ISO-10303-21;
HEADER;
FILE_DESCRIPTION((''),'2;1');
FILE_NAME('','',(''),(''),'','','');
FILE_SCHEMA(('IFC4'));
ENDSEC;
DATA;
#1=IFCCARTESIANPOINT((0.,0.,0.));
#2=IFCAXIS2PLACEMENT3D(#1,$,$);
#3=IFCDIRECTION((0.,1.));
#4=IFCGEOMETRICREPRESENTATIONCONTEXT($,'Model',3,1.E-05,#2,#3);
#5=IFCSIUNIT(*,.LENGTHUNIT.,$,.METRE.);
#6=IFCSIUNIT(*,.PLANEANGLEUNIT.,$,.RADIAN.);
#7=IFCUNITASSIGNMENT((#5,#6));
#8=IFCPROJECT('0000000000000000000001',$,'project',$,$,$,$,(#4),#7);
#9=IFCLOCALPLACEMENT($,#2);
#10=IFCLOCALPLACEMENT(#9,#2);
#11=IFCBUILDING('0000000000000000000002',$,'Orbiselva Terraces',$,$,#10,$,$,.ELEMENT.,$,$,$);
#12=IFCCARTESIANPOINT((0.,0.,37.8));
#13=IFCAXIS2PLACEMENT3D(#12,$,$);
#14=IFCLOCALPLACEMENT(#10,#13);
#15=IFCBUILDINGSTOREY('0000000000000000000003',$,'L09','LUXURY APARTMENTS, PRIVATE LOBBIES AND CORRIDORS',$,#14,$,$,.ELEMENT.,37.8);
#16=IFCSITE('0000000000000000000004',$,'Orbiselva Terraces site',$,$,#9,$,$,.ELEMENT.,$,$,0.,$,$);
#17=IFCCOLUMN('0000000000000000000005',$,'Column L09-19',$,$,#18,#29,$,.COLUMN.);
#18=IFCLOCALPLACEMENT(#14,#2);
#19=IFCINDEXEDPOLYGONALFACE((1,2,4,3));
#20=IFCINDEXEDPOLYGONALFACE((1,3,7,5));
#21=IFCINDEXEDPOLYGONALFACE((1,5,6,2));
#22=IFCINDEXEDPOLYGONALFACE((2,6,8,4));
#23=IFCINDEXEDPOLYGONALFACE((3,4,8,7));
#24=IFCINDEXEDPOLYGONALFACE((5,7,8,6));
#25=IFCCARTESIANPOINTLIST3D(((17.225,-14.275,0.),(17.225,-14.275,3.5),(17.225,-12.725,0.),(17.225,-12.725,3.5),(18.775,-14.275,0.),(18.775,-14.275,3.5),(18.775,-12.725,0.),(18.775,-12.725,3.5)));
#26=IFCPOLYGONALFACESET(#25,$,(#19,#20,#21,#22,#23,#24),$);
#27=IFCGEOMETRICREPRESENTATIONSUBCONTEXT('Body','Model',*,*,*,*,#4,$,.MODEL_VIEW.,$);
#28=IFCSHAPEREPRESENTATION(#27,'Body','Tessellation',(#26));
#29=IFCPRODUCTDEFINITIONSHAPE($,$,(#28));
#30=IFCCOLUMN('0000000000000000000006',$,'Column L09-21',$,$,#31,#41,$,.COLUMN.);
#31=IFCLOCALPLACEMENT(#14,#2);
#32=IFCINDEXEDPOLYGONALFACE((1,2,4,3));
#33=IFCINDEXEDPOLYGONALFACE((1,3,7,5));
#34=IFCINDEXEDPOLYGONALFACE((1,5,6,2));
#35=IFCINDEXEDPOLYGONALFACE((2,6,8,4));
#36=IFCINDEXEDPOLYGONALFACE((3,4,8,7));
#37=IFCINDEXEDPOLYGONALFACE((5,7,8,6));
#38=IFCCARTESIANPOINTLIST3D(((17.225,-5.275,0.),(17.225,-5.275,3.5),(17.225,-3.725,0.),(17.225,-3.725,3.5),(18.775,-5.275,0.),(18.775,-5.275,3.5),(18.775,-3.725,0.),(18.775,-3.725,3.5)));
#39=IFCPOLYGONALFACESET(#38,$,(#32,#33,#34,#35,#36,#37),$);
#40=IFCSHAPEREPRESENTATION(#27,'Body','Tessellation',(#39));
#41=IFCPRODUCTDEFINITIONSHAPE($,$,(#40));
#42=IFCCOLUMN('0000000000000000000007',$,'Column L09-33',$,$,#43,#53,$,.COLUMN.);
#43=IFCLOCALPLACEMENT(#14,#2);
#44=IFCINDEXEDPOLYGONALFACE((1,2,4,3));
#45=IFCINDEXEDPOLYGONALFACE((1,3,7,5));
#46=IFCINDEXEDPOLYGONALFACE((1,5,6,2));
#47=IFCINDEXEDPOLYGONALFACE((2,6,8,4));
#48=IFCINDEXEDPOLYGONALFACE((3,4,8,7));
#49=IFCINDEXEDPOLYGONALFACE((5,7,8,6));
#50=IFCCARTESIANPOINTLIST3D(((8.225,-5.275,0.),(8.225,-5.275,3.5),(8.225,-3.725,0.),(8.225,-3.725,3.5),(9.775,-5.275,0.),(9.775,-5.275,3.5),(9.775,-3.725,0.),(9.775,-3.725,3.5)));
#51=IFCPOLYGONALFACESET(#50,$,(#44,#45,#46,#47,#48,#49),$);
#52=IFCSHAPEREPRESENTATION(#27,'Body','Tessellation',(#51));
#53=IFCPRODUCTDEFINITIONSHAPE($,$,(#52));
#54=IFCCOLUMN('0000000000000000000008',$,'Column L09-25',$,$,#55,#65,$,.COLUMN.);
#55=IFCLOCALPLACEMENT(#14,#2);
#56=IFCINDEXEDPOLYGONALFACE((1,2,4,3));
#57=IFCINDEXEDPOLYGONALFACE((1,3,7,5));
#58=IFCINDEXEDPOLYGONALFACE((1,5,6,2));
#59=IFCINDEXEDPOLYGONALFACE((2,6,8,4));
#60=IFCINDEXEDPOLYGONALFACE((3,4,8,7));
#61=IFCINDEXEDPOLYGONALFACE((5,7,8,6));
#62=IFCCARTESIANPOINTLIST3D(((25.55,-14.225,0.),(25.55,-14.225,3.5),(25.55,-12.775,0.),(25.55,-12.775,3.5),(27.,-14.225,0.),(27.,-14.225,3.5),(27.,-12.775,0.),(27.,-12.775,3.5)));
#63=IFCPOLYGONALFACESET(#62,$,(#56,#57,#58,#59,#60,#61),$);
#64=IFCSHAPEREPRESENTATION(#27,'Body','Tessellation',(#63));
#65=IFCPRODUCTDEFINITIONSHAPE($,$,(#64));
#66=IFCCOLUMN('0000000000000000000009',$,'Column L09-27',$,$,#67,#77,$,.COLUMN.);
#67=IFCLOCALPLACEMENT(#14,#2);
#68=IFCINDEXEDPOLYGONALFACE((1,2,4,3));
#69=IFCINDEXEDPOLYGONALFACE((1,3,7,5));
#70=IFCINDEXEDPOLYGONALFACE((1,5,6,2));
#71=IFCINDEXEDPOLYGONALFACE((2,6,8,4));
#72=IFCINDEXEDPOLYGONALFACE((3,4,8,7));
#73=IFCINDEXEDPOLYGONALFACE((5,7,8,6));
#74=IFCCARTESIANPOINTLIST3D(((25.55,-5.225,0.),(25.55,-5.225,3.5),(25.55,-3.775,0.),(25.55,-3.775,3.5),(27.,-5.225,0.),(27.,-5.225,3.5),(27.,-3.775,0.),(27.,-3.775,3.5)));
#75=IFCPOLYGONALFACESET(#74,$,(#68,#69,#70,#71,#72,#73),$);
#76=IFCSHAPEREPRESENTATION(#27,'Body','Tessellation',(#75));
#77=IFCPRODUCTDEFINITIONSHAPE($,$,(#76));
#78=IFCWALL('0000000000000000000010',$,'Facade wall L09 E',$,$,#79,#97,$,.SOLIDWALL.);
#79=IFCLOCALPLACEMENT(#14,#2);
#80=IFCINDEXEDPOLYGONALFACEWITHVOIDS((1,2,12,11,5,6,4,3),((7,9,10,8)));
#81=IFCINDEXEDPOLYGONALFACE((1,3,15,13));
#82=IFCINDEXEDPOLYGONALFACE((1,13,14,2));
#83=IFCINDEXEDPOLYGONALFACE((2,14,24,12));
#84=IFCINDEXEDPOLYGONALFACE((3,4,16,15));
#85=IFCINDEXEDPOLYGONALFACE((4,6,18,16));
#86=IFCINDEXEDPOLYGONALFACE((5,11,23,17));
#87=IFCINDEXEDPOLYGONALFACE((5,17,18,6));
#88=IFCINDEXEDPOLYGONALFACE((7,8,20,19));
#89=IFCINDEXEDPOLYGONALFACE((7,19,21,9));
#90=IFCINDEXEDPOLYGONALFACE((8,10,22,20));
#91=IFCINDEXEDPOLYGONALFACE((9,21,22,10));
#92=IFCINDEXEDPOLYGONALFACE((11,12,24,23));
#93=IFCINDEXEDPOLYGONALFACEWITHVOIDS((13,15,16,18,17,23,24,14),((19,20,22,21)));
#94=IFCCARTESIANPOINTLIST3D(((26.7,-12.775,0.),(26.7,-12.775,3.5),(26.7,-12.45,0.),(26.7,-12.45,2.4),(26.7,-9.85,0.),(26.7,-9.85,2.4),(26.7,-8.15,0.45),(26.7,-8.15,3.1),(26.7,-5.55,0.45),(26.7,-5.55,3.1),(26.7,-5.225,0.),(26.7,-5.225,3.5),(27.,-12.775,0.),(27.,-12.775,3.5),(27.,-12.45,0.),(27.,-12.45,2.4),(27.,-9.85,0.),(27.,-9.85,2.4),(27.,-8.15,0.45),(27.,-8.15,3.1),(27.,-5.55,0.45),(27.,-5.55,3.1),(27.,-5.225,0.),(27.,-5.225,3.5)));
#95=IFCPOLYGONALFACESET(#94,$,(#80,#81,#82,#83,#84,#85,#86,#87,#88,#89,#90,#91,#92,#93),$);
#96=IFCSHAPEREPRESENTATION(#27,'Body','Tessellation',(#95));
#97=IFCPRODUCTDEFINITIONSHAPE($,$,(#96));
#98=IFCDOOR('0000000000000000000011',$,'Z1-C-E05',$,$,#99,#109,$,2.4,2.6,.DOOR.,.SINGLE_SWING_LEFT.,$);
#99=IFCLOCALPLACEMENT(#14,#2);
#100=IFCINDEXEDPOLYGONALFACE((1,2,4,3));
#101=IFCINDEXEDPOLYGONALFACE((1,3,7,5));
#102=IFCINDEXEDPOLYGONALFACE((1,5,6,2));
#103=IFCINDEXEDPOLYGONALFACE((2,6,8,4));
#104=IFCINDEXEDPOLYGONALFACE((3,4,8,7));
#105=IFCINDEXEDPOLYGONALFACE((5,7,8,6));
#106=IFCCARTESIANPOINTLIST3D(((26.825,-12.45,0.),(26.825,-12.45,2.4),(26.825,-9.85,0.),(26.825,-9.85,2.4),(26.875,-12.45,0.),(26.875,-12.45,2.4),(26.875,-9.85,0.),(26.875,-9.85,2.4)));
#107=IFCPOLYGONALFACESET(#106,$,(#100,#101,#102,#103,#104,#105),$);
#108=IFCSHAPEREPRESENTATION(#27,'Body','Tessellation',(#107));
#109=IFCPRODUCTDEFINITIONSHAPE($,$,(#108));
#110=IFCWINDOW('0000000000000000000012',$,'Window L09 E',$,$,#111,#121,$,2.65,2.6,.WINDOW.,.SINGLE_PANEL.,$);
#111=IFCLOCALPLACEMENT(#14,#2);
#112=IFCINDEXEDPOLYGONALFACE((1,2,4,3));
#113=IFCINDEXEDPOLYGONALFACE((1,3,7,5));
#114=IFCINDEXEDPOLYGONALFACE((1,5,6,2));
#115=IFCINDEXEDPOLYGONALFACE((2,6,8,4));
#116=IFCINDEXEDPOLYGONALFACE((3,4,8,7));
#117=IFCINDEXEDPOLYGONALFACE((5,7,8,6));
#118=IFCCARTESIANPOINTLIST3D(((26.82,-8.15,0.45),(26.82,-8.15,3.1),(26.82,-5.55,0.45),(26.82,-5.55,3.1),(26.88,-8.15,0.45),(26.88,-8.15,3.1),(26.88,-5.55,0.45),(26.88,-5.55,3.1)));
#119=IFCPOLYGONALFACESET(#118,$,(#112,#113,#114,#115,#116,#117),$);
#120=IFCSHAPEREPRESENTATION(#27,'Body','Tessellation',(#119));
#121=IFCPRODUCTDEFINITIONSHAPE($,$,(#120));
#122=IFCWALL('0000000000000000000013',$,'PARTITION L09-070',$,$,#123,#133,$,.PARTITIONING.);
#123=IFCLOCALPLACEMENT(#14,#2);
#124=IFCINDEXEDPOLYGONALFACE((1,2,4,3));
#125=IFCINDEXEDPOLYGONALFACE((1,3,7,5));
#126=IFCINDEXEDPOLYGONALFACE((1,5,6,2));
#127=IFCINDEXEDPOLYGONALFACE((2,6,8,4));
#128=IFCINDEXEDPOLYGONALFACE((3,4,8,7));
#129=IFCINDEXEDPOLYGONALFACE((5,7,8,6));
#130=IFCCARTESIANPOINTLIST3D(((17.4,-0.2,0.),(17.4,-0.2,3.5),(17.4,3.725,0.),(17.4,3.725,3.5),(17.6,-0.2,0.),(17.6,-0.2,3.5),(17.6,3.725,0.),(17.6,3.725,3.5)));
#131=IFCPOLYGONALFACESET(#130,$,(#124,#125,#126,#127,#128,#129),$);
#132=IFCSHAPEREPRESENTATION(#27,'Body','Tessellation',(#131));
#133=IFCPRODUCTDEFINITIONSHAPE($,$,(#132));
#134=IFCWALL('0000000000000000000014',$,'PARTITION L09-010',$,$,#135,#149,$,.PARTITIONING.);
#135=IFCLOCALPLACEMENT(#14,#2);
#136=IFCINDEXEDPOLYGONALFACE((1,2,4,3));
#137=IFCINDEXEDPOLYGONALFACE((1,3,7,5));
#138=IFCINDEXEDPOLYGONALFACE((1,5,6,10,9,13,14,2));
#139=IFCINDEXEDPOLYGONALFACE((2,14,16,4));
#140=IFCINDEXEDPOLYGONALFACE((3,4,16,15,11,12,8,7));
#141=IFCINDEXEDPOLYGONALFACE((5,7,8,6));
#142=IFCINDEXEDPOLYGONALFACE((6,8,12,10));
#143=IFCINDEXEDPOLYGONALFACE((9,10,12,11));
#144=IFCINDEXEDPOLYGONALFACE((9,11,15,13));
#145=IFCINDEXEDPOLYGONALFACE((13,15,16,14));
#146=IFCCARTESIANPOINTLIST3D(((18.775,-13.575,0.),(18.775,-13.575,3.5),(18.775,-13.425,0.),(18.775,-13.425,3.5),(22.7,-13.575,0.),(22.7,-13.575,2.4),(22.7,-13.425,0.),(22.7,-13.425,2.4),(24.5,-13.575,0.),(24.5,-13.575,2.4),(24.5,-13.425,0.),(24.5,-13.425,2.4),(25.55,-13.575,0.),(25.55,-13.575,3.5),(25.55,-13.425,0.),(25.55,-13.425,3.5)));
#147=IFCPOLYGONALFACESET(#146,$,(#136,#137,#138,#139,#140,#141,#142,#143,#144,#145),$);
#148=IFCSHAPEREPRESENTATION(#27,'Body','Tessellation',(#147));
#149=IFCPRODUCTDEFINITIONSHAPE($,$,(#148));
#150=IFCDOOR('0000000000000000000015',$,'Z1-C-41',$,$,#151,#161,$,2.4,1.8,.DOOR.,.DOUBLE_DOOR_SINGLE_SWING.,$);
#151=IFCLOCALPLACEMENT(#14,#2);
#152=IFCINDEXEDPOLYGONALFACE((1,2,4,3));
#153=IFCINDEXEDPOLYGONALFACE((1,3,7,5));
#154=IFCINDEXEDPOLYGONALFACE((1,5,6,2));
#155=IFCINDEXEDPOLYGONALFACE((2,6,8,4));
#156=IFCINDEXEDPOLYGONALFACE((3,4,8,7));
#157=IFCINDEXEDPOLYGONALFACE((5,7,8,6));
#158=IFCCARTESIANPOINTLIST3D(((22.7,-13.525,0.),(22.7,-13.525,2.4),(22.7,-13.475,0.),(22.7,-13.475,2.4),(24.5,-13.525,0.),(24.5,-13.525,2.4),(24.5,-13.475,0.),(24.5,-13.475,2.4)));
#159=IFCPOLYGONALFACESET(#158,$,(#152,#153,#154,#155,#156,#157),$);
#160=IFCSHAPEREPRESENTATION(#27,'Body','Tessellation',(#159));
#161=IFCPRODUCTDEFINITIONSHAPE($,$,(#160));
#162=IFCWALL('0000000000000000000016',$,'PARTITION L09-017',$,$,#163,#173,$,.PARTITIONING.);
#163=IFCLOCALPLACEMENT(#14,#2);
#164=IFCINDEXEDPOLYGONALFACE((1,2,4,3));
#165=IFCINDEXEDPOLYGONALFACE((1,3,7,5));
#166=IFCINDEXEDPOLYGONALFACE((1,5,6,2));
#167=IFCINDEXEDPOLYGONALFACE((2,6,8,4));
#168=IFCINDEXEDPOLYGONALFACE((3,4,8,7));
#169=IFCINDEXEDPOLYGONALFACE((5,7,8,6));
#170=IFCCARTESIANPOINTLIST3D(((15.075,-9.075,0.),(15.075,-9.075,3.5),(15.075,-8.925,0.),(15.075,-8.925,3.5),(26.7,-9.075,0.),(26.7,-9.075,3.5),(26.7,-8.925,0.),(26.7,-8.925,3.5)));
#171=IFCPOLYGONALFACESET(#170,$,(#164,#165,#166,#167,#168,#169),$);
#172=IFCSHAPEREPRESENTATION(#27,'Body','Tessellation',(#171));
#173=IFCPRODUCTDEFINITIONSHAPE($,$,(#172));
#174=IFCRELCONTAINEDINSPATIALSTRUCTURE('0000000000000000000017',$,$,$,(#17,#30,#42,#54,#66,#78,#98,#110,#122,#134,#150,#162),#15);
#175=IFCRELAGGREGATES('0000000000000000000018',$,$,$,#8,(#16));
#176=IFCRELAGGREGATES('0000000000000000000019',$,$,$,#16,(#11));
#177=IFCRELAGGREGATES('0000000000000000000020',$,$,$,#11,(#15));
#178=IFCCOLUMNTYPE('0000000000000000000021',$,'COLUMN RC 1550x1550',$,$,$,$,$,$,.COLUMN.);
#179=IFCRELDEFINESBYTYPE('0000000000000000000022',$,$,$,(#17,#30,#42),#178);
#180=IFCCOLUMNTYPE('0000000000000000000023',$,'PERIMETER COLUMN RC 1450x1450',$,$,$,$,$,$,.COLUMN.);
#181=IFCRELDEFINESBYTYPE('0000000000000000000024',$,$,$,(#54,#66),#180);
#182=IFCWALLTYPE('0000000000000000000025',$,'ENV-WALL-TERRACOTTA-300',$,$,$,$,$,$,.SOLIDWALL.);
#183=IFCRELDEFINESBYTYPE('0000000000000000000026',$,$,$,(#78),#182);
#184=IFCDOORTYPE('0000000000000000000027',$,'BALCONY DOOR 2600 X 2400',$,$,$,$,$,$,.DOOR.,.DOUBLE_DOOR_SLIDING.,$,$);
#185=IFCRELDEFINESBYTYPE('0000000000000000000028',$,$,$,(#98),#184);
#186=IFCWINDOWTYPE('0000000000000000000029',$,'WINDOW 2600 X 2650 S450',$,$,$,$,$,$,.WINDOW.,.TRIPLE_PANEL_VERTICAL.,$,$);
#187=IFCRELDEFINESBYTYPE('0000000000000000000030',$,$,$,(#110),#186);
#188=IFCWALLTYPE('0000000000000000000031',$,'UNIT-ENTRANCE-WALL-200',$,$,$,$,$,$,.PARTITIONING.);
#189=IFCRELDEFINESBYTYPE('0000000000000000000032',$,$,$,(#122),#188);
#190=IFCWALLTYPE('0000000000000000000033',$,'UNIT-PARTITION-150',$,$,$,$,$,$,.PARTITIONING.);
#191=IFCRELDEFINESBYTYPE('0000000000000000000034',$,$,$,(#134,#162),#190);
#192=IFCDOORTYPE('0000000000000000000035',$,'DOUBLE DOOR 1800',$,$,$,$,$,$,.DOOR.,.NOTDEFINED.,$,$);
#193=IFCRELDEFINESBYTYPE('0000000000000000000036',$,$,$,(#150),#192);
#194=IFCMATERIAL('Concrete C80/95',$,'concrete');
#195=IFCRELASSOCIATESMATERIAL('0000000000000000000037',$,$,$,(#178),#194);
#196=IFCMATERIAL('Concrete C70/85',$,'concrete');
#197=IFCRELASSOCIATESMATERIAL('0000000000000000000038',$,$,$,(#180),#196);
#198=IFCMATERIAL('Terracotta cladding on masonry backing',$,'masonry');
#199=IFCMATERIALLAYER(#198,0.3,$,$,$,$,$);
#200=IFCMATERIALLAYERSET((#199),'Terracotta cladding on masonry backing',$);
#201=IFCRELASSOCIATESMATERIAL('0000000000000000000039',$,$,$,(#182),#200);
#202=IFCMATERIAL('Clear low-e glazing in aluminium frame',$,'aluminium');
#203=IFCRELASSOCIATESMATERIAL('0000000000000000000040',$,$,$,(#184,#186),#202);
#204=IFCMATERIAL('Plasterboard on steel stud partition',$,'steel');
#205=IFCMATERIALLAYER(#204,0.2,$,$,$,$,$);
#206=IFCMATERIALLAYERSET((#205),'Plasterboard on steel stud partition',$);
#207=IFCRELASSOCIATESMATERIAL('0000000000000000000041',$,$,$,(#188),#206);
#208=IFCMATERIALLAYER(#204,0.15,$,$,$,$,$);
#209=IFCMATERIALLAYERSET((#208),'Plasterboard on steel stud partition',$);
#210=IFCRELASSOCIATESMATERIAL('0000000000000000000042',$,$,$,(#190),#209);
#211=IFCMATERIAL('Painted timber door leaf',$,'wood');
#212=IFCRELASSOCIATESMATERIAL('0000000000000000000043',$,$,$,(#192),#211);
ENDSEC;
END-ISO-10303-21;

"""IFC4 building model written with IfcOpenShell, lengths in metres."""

from ifc_helpers import new_model, si_unit, direction, frame, frame_2d, origin, origin_2d, place, context, subcontext, project, spatial, rectangle, extrude, material, layer, layer_set, material_profile, profile_set, type_object, element, fill, save


model = new_model("IFC4")

# Units and contexts
model_context = context("Model", 3, precision=1e-05, world=origin(), true_north=direction((0.0, 1.0)))
body_context = subcontext(model_context, "Body", "Model", "MODEL_VIEW")
ifc_project = project(units=[si_unit("LENGTHUNIT", "METRE"), si_unit("PLANEANGLEUNIT", "RADIAN")], contexts=[model_context])

# Site, building, storey
site_placement = place(None, origin())
site = spatial("IfcSite", under=ifc_project, at=site_placement, Name="Orbiselva Terraces site", CompositionType="ELEMENT", RefElevation=0.0)
building_placement = place(site_placement, origin())
building = spatial("IfcBuilding", under=site, at=building_placement, Name="Orbiselva Terraces", CompositionType="ELEMENT")
storey_placement = place(building_placement, frame((0.0, 0.0, 37.8)))
storey = spatial("IfcBuildingStorey", under=building, at=storey_placement, Name="L09", Description="LUXURY APARTMENTS, PRIVATE LOBBIES AND CORRIDORS", CompositionType="ELEMENT", Elevation=37.8)

# Columns
ifc_material_1 = material(Name="Concrete C80/95", Category="concrete")
ifc_material_profile_1 = material_profile(ifc_material_1, rectangle(XDim=1.55, YDim=1.55, at=origin_2d()), Name="RC 1550x1550")
ifc_profile_set_1 = profile_set([ifc_material_profile_1], Name="Concrete C80/95")
column_type_1 = type_object("IfcColumnType", Name="COLUMN RC 1550x1550", PredefinedType="COLUMN", material=ifc_profile_set_1)
for number, where, z_axis, x_axis, name in (
    (1, (18.0, -13.5, 0.0), (0.0, 0.0, 1.0), (1.0, 0.0, 0.0), "Column L09-19"),
    (2, (18.0, -4.5, 0.0), (0.0, 0.0, 1.0), (1.0, 0.0, 0.0), "Column L09-21"),
    (3, (9.0, -4.5, 0.0), (0.0, 0.0, 1.0), (1.0, 0.0, 0.0), "Column L09-33"),
):
    element("IfcColumn", number, at=place(storey_placement, frame(where, z_axis=z_axis, x_axis=x_axis)), inside=storey, type_object=column_type_1, Name=name, PredefinedType="COLUMN", context=body_context, shape_type="SweptSolid", body=[
        extrude(rectangle(XDim=1.55, YDim=1.55, at=origin_2d()), origin(), (0.0, 0.0, 1.0), 3.5),
    ])
ifc_material_2 = material(Name="Concrete C70/85", Category="concrete")
ifc_material_profile_2 = material_profile(ifc_material_2, rectangle(XDim=1.45, YDim=1.45, at=origin_2d()), Name="RC 1450x1450")
ifc_profile_set_2 = profile_set([ifc_material_profile_2], Name="Concrete C70/85")
column_type_2 = type_object("IfcColumnType", Name="PERIMETER COLUMN RC 1450x1450", PredefinedType="COLUMN", material=ifc_profile_set_2)
for number, where, z_axis, x_axis, name in (
    (4, (26.275, -13.5, 0.0), (0.0, 0.0, 1.0), (1.0, 0.0, 0.0), "Column L09-25"),
    (5, (26.275, -4.5, 0.0), (0.0, 0.0, 1.0), (1.0, 0.0, 0.0), "Column L09-27"),
):
    element("IfcColumn", number, at=place(storey_placement, frame(where, z_axis=z_axis, x_axis=x_axis)), inside=storey, type_object=column_type_2, Name=name, PredefinedType="COLUMN", context=body_context, shape_type="SweptSolid", body=[
        extrude(rectangle(XDim=1.45, YDim=1.45, at=origin_2d()), origin(), (0.0, 0.0, 1.0), 3.5),
    ])

# Wall, openings, door, window
ifc_material_3 = material(Name="Terracotta cladding on masonry backing", Category="masonry")
ifc_layer_1 = layer(ifc_material_3, 0.3)
ifc_layer_set_1 = layer_set([ifc_layer_1], Name="Terracotta cladding on masonry backing")
wall_type_1 = type_object("IfcWallType", Name="ENV-WALL-TERRACOTTA-300", PredefinedType="SOLIDWALL", material=ifc_layer_set_1)
wall_1_placement = place(storey_placement, frame((26.85, -5.225, 0.0), z_axis=(0.0, 0.0, 1.0), x_axis=(0.0, -1.0, 0.0)))
wall_1 = element("IfcWall", 6, at=wall_1_placement, inside=storey, type_object=wall_type_1, Name="Facade wall L09 E", PredefinedType="SOLIDWALL", context=body_context, shape_type="SweptSolid", body=[
    extrude(rectangle(XDim=7.55, YDim=0.3, at=frame_2d((3.775, 0.0))), origin(), (0.0, 0.0, 1.0), 3.5),
])
opening_1_placement = place(wall_1_placement, frame((4.625, 0.0, 0.0)))
opening_1 = element("IfcOpeningElement", 7, at=opening_1_placement, cuts=wall_1, PredefinedType="OPENING", context=body_context, shape_type="SweptSolid", body=[
    extrude(rectangle(XDim=2.6, YDim=2.4, at=frame_2d((1.3, 1.2))), frame((0.0, 0.16, 0.0), z_axis=(0.0, -1.0, 0.0), x_axis=(1.0, 0.0, 0.0)), (0.0, 0.0, 1.0), 0.32),
])
opening_2_placement = place(wall_1_placement, frame((0.325, 0.0, 0.45)))
opening_2 = element("IfcOpeningElement", 8, at=opening_2_placement, cuts=wall_1, PredefinedType="OPENING", context=body_context, shape_type="SweptSolid", body=[
    extrude(rectangle(XDim=2.6, YDim=2.65, at=frame_2d((1.3, 1.325))), frame((0.0, 0.16, 0.0), z_axis=(0.0, -1.0, 0.0), x_axis=(1.0, 0.0, 0.0)), (0.0, 0.0, 1.0), 0.32),
])
ifc_material_4 = material(Name="Clear low-e glazing in aluminium frame", Category="aluminium")
door_type_1 = type_object("IfcDoorType", Name="BALCONY DOOR 2600 X 2400", OperationType="DOUBLE_DOOR_SLIDING", PredefinedType="DOOR", material=ifc_material_4)
door_1_placement = place(opening_1_placement, origin())
door_1 = element("IfcDoor", 9, at=door_1_placement, inside=storey, type_object=door_type_1, Name="Z1-C-E05", OperationType="SINGLE_SWING_LEFT", OverallHeight=2.4, OverallWidth=2.6, PredefinedType="DOOR", context=body_context, shape_type="SweptSolid", body=[
    extrude(rectangle(XDim=2.6, YDim=2.4, at=frame_2d((1.3, 1.2))), frame((0.0, 0.025, 0.0), z_axis=(0.0, -1.0, 0.0), x_axis=(1.0, 0.0, 0.0)), (0.0, 0.0, 1.0), 0.05),
])
fill(opening_1, door_1)
window_type = type_object("IfcWindowType", Name="WINDOW 2600 X 2650 S450", PartitioningType="TRIPLE_PANEL_VERTICAL", PredefinedType="WINDOW", material=ifc_material_4)
window_placement = place(opening_2_placement, origin())
window = element("IfcWindow", 10, at=window_placement, inside=storey, type_object=window_type, Name="Window L09 E", OverallHeight=2.65, OverallWidth=2.6, PartitioningType="SINGLE_PANEL", PredefinedType="WINDOW", context=body_context, shape_type="SweptSolid", body=[
    extrude(rectangle(XDim=2.6, YDim=2.65, at=frame_2d((1.3, 1.325))), frame((0.0, 0.03, 0.0), z_axis=(0.0, -1.0, 0.0), x_axis=(1.0, 0.0, 0.0)), (0.0, 0.0, 1.0), 0.06),
])
fill(opening_2, window)

# Wall
ifc_material_5 = material(Name="Plasterboard on steel stud partition", Category="steel")
ifc_layer_2 = layer(ifc_material_5, 0.2)
ifc_layer_set_2 = layer_set([ifc_layer_2], Name="Plasterboard on steel stud partition")
wall_type_2 = type_object("IfcWallType", Name="UNIT-ENTRANCE-WALL-200", PredefinedType="PARTITIONING", material=ifc_layer_set_2)
wall_2_placement = place(storey_placement, frame((17.5, -0.2, 0.0), z_axis=(0.0, 0.0, 1.0), x_axis=(0.0, 1.0, 0.0)))
element("IfcWall", 11, at=wall_2_placement, inside=storey, type_object=wall_type_2, Name="PARTITION L09-070", PredefinedType="PARTITIONING", context=body_context, shape_type="SweptSolid", body=[
    extrude(rectangle(XDim=3.925, YDim=0.2, at=frame_2d((1.9625, 0.0))), origin(), (0.0, 0.0, 1.0), 3.5),
])

# Wall, opening, door
ifc_layer_3 = layer(ifc_material_5, 0.15)
ifc_layer_set_3 = layer_set([ifc_layer_3], Name="Plasterboard on steel stud partition")
wall_type_3 = type_object("IfcWallType", Name="UNIT-PARTITION-150", PredefinedType="PARTITIONING", material=ifc_layer_set_3)
wall_3_placement = place(storey_placement, frame((25.55, -13.5, 0.0), z_axis=(0.0, 0.0, 1.0), x_axis=(-1.0, 0.0, 0.0)))
wall_3 = element("IfcWall", 12, at=wall_3_placement, inside=storey, type_object=wall_type_3, Name="PARTITION L09-010", PredefinedType="PARTITIONING", context=body_context, shape_type="SweptSolid", body=[
    extrude(rectangle(XDim=6.775, YDim=0.15, at=frame_2d((3.3875, 0.0))), origin(), (0.0, 0.0, 1.0), 3.5),
])
opening_3_placement = place(wall_3_placement, frame((1.05, 0.0, 0.0)))
opening_3 = element("IfcOpeningElement", 13, at=opening_3_placement, cuts=wall_3, PredefinedType="OPENING", context=body_context, shape_type="SweptSolid", body=[
    extrude(rectangle(XDim=1.8, YDim=2.4, at=frame_2d((0.9, 1.2))), frame((0.0, 0.085, 0.0), z_axis=(0.0, -1.0, 0.0), x_axis=(1.0, 0.0, 0.0)), (0.0, 0.0, 1.0), 0.17),
])
ifc_material_6 = material(Name="Painted timber door leaf", Category="wood")
door_type_2 = type_object("IfcDoorType", Name="DOUBLE DOOR 1800", OperationType="NOTDEFINED", PredefinedType="DOOR", material=ifc_material_6)
door_2_placement = place(opening_3_placement, origin())
door_2 = element("IfcDoor", 14, at=door_2_placement, inside=storey, type_object=door_type_2, Name="Z1-C-41", OperationType="DOUBLE_DOOR_SINGLE_SWING", OverallHeight=2.4, OverallWidth=1.8, PredefinedType="DOOR", context=body_context, shape_type="SweptSolid", body=[
    extrude(rectangle(XDim=1.8, YDim=2.4, at=frame_2d((0.9, 1.2))), frame((0.0, 0.025, 0.0), z_axis=(0.0, -1.0, 0.0), x_axis=(1.0, 0.0, 0.0)), (0.0, 0.0, 1.0), 0.05),
])
fill(opening_3, door_2)

# Wall
wall_4_placement = place(storey_placement, frame((15.075, -9.0, 0.0), z_axis=(0.0, 0.0, 1.0), x_axis=(1.0, 0.0, 0.0)))
element("IfcWall", 15, at=wall_4_placement, inside=storey, type_object=wall_type_3, Name="PARTITION L09-017", PredefinedType="PARTITIONING", context=body_context, shape_type="SweptSolid", body=[
    extrude(rectangle(XDim=11.625, YDim=0.15, at=frame_2d((5.8125, 0.0))), origin(), (0.0, 0.0, 1.0), 3.5),
])

save(model, "model.ifc")
